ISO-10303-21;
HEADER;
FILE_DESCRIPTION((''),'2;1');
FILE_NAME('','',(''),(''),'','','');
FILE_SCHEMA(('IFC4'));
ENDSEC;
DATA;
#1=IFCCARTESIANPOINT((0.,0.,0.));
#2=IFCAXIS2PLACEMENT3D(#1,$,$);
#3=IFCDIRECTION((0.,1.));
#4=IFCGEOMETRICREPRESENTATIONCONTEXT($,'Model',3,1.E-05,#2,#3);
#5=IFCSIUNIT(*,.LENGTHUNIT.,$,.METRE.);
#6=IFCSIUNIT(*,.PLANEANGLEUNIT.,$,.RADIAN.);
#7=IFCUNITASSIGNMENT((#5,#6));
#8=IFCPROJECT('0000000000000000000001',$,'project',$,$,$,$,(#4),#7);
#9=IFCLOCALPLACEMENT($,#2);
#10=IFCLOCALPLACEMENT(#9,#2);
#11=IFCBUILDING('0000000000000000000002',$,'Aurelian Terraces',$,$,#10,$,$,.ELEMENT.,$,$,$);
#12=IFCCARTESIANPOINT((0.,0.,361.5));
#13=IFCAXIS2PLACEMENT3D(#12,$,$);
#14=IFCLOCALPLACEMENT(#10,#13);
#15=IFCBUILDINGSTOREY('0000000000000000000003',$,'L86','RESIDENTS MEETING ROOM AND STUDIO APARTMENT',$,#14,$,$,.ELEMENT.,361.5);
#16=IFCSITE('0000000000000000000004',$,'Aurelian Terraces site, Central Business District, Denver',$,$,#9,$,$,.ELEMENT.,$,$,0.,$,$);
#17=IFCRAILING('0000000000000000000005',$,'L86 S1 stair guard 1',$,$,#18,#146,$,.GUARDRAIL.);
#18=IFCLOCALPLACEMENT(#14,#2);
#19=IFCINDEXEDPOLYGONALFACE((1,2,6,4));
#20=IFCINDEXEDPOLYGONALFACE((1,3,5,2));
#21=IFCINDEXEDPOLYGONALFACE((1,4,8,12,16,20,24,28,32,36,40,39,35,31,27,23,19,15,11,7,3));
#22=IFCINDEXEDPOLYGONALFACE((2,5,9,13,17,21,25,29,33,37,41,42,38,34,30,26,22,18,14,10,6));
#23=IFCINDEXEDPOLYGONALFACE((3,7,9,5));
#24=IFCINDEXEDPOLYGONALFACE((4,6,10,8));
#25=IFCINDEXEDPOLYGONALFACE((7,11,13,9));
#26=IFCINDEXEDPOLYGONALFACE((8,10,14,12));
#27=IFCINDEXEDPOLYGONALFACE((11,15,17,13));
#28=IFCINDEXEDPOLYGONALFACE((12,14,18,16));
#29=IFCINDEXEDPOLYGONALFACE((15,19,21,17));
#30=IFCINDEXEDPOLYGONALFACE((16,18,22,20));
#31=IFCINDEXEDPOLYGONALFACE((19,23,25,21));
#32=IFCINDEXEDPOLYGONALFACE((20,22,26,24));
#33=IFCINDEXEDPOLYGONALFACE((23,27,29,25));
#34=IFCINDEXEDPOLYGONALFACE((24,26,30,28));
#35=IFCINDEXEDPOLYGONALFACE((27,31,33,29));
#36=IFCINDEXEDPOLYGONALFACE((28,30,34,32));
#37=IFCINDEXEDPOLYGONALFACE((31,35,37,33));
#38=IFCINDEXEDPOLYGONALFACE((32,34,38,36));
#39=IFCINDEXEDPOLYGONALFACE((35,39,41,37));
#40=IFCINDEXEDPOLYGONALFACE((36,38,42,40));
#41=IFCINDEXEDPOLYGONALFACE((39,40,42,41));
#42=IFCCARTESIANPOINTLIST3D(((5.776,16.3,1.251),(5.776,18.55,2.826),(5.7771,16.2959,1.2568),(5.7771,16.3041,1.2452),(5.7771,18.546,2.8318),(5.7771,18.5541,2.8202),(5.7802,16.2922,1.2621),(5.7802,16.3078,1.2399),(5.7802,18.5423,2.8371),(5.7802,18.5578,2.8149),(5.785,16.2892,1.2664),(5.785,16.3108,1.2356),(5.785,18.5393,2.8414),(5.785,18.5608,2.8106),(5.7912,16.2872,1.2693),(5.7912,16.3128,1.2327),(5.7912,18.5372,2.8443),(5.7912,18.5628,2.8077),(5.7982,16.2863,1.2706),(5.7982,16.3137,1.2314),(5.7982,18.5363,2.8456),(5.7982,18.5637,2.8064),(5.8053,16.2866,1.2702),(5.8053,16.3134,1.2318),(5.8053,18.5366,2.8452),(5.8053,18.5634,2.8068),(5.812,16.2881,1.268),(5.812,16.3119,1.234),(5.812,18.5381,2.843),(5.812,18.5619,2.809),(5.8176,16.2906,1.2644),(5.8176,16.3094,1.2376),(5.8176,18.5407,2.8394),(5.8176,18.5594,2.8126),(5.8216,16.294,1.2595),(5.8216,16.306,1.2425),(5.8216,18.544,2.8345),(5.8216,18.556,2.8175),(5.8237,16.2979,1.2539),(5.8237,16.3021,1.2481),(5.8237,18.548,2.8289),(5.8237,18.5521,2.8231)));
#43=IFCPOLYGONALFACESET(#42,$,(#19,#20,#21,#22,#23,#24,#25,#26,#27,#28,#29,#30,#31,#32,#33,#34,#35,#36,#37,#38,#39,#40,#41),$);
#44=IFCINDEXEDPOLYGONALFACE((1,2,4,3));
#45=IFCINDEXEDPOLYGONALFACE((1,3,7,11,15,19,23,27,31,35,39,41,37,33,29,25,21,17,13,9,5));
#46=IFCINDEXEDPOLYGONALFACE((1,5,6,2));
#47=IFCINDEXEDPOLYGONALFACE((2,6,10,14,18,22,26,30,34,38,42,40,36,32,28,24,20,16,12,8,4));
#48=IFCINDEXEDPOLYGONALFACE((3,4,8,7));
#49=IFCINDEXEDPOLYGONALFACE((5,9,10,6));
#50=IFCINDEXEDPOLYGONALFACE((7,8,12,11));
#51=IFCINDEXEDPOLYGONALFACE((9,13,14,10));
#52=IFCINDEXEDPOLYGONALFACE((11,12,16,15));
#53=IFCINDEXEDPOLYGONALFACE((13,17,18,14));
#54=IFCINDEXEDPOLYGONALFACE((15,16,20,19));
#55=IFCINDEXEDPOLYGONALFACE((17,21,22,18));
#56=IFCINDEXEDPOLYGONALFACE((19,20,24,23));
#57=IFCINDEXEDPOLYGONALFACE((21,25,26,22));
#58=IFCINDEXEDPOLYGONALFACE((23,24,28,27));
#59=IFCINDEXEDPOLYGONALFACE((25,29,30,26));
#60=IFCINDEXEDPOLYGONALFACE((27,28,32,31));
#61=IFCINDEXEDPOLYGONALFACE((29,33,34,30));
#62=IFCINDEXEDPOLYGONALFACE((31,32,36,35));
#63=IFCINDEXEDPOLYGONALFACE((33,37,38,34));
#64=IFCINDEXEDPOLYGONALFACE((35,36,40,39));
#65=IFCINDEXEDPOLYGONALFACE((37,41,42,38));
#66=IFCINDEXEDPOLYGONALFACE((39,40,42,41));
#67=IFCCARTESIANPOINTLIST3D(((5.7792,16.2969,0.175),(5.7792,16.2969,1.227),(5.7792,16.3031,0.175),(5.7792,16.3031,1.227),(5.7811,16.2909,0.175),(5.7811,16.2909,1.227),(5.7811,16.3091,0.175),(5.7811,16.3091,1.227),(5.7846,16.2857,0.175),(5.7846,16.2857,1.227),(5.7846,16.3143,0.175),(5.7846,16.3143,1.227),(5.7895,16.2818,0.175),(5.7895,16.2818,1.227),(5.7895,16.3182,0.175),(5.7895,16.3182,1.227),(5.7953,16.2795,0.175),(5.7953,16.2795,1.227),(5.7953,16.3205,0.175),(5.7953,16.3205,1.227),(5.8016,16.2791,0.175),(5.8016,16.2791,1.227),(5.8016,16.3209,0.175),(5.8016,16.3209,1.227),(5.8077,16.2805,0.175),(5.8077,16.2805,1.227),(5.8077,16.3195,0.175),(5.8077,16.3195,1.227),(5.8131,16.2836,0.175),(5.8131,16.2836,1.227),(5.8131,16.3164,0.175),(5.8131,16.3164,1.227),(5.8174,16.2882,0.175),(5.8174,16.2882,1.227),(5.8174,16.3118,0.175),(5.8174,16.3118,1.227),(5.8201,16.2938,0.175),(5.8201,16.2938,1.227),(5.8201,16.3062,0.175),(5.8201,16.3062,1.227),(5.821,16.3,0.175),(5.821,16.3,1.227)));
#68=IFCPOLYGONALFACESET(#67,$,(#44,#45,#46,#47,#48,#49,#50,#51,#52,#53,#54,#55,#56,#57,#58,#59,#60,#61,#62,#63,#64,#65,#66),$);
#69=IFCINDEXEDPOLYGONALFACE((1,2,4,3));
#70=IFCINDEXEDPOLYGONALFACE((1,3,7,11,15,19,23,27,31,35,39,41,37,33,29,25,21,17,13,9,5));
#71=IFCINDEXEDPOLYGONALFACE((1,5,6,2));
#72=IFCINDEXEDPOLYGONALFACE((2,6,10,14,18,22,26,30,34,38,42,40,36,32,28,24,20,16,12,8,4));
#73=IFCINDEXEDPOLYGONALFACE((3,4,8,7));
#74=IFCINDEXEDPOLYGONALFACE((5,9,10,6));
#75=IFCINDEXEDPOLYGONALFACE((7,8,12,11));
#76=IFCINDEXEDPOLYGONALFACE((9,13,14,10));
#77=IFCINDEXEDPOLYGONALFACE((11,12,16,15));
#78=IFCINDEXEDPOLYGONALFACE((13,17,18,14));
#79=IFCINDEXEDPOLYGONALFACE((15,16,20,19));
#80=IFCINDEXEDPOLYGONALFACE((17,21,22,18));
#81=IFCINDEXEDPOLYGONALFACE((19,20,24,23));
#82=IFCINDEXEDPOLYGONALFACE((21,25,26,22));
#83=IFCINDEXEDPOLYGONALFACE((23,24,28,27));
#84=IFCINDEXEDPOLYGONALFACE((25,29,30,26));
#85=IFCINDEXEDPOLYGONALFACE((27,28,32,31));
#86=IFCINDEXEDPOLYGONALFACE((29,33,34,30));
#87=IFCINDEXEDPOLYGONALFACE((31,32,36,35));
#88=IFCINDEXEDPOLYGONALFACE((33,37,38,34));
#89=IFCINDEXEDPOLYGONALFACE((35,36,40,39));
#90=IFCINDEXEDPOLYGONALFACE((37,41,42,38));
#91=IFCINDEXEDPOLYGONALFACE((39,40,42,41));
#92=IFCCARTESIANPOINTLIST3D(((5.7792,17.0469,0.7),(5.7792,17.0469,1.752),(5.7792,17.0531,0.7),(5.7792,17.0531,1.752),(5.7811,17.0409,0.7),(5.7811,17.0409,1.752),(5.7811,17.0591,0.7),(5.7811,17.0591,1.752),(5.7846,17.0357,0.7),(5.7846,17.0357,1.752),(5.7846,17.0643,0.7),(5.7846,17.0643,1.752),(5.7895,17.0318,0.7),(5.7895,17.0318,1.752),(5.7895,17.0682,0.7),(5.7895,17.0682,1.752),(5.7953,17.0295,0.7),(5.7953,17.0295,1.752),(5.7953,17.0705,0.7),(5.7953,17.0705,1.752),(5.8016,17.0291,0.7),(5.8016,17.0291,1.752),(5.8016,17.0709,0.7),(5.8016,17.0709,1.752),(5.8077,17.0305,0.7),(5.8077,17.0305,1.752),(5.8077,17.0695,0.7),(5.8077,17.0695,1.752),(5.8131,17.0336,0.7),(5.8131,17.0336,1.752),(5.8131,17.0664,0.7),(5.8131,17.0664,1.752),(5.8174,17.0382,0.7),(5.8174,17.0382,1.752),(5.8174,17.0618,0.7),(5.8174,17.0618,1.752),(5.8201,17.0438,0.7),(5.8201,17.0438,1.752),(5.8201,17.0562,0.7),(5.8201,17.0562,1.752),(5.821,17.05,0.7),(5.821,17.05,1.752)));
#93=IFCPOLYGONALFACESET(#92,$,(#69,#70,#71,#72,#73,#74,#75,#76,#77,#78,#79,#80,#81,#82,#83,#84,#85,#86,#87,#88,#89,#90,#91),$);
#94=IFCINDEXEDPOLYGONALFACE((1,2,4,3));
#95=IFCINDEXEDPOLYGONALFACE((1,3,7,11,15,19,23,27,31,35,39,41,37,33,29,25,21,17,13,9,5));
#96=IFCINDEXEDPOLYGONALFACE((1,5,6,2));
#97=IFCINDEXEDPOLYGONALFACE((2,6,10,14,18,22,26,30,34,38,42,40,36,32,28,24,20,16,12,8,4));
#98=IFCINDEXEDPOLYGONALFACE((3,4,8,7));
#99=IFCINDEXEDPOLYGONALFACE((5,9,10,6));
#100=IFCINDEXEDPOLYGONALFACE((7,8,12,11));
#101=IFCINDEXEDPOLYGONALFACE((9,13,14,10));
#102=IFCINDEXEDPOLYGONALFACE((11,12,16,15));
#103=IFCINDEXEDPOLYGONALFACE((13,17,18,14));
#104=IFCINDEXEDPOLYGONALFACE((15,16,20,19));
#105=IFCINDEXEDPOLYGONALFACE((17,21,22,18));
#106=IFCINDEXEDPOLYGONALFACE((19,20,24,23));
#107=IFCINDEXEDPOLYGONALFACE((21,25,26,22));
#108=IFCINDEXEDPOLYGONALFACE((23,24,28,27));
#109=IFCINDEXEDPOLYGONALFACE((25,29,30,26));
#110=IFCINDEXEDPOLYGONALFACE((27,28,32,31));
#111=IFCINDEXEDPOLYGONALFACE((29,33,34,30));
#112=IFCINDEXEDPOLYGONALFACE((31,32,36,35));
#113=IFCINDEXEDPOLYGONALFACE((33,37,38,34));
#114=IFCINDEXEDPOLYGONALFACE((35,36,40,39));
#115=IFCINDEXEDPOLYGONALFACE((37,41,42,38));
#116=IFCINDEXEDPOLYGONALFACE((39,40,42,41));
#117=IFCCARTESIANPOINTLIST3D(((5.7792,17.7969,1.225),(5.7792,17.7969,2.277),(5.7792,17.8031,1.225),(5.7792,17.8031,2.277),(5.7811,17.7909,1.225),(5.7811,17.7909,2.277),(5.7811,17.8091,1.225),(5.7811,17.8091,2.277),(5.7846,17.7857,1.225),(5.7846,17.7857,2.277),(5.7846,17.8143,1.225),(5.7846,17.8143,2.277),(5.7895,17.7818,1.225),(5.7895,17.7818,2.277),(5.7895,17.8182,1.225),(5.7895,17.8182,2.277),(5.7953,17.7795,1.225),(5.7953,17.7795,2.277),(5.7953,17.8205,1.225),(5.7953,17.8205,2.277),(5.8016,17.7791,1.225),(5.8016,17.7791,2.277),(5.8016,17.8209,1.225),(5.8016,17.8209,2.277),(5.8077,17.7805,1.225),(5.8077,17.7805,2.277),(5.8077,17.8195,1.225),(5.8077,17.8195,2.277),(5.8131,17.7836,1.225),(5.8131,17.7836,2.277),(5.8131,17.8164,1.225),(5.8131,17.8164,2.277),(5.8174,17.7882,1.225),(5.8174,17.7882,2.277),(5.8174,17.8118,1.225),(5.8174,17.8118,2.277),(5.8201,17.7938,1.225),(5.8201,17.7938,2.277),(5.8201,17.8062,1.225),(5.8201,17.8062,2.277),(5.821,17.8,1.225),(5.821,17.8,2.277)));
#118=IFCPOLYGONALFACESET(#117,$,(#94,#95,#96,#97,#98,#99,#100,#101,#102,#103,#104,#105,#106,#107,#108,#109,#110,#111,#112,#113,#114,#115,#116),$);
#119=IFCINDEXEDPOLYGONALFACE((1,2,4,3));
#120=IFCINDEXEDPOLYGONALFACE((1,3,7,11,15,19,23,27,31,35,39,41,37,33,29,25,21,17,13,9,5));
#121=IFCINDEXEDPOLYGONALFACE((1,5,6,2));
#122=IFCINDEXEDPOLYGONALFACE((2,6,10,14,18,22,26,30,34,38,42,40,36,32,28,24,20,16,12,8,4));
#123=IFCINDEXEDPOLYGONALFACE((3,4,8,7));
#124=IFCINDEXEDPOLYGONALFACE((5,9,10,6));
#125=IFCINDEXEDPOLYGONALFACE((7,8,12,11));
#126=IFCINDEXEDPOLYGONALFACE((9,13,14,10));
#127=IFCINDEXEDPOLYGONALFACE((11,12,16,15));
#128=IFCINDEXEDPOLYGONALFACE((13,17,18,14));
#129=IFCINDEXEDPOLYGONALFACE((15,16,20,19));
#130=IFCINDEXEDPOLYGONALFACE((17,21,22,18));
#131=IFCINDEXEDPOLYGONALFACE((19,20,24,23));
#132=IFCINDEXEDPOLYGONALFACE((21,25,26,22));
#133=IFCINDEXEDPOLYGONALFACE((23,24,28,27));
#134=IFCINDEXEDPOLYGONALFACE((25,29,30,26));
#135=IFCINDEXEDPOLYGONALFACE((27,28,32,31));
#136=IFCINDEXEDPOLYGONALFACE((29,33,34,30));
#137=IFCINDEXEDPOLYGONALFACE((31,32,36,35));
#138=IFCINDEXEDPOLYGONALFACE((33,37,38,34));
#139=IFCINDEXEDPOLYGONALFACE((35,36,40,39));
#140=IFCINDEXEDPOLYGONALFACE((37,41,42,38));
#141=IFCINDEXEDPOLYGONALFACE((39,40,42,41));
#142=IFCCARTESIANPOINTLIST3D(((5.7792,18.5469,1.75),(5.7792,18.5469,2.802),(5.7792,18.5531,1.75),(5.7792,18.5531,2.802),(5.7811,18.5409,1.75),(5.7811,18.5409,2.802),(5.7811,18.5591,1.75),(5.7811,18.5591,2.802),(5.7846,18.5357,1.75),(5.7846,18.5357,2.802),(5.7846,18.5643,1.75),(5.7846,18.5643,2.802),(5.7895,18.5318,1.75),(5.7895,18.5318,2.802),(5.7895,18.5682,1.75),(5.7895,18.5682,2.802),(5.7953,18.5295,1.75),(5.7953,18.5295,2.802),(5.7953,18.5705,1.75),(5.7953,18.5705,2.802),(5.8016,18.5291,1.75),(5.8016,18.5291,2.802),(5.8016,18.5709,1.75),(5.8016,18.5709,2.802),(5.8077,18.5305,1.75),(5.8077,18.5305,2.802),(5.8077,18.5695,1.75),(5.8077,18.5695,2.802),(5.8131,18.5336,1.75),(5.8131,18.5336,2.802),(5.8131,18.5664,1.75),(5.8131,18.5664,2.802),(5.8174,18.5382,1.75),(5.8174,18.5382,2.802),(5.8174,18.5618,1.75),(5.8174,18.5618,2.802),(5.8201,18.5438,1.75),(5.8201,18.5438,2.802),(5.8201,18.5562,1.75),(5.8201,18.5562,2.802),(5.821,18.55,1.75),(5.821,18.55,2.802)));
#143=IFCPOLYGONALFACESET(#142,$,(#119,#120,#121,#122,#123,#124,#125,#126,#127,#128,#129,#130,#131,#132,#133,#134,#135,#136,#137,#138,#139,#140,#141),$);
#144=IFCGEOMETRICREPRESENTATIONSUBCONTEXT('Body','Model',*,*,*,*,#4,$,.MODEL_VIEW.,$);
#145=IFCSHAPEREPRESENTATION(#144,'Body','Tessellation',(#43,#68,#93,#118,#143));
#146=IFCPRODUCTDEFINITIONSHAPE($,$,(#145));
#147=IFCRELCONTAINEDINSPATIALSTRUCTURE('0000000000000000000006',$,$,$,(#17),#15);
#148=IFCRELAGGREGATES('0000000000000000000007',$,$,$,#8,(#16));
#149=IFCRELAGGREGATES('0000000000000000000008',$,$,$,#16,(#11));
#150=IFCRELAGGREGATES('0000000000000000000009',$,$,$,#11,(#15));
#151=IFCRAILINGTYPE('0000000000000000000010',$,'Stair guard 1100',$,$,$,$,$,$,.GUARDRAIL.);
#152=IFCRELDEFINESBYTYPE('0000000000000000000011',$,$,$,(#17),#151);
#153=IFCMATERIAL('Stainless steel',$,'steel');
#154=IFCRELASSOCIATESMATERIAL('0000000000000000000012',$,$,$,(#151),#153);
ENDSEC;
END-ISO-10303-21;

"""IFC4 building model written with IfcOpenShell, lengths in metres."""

from ifc_helpers import new_model, si_unit, direction, frame, origin, origin_2d, place, context, subcontext, project, spatial, circle, extrude, source, transform, mapped, material, type_object, element, save


model = new_model("IFC4")

# Units and contexts
model_context = context("Model", 3, precision=1e-05, world=origin(), true_north=direction((0.0, 1.0)))
body_context = subcontext(model_context, "Body", "Model", "MODEL_VIEW")
ifc_project = project(units=[si_unit("LENGTHUNIT", "METRE"), si_unit("PLANEANGLEUNIT", "RADIAN")], contexts=[model_context])

# Site, building, storey
site_placement = place(None, origin())
site = spatial("IfcSite", under=ifc_project, at=site_placement, Name="Aurelian Terraces site, Central Business District, Denver", CompositionType="ELEMENT", RefElevation=0.0)
building_placement = place(site_placement, origin())
building = spatial("IfcBuilding", under=site, at=building_placement, Name="Aurelian Terraces", CompositionType="ELEMENT")
storey_placement = place(building_placement, frame((0.0, 0.0, 361.5)))
storey = spatial("IfcBuildingStorey", under=building, at=storey_placement, Name="L86", Description="RESIDENTS MEETING ROOM AND STUDIO APARTMENT", CompositionType="ELEMENT", Elevation=361.5)

# Shared definitions
ifc_material_1 = material(Name="Stainless steel", Category="steel")

# Railing
railing_type_1 = type_object("IfcRailingType", Name="Stair guard 1100", PredefinedType="GUARDRAIL", material=ifc_material_1)
shared_shape_1 = source(origin(), body_context, "Body", "SweptSolid", [
    extrude(circle(Radius=0.024, at=origin_2d()), frame((0.0, 0.0, 1.076), z_axis=(0.0, 0.819232, 0.573462), x_axis=(-1.0, 0.0, 0.0)), (0.0, 0.0, 1.0), 2.7465),
    extrude(circle(Radius=0.021, at=origin_2d()), origin(), (0.0, 0.0, 1.0), 1.052),
    extrude(circle(Radius=0.021, at=origin_2d()), frame((0.0, 0.75, 0.525)), (0.0, 0.0, 1.0), 1.052),
    extrude(circle(Radius=0.021, at=origin_2d()), frame((0.0, 1.5, 1.05)), (0.0, 0.0, 1.0), 1.052),
    extrude(circle(Radius=0.021, at=origin_2d()), frame((0.0, 2.25, 1.575)), (0.0, 0.0, 1.0), 1.052),
])
railing_1_placement = place(storey_placement, frame((5.8, 16.3, 0.175)))
element("IfcRailing", 1, at=railing_1_placement, inside=storey, type_object=railing_type_1, Name="L86 S1 stair guard 1", PredefinedType="GUARDRAIL", context=body_context, shape_type="MappedRepresentation", body=[
    mapped(shared_shape_1, transform((0.0, 0.0, 0.0), scale=1.0)),
])

save(model, "model.ifc")
